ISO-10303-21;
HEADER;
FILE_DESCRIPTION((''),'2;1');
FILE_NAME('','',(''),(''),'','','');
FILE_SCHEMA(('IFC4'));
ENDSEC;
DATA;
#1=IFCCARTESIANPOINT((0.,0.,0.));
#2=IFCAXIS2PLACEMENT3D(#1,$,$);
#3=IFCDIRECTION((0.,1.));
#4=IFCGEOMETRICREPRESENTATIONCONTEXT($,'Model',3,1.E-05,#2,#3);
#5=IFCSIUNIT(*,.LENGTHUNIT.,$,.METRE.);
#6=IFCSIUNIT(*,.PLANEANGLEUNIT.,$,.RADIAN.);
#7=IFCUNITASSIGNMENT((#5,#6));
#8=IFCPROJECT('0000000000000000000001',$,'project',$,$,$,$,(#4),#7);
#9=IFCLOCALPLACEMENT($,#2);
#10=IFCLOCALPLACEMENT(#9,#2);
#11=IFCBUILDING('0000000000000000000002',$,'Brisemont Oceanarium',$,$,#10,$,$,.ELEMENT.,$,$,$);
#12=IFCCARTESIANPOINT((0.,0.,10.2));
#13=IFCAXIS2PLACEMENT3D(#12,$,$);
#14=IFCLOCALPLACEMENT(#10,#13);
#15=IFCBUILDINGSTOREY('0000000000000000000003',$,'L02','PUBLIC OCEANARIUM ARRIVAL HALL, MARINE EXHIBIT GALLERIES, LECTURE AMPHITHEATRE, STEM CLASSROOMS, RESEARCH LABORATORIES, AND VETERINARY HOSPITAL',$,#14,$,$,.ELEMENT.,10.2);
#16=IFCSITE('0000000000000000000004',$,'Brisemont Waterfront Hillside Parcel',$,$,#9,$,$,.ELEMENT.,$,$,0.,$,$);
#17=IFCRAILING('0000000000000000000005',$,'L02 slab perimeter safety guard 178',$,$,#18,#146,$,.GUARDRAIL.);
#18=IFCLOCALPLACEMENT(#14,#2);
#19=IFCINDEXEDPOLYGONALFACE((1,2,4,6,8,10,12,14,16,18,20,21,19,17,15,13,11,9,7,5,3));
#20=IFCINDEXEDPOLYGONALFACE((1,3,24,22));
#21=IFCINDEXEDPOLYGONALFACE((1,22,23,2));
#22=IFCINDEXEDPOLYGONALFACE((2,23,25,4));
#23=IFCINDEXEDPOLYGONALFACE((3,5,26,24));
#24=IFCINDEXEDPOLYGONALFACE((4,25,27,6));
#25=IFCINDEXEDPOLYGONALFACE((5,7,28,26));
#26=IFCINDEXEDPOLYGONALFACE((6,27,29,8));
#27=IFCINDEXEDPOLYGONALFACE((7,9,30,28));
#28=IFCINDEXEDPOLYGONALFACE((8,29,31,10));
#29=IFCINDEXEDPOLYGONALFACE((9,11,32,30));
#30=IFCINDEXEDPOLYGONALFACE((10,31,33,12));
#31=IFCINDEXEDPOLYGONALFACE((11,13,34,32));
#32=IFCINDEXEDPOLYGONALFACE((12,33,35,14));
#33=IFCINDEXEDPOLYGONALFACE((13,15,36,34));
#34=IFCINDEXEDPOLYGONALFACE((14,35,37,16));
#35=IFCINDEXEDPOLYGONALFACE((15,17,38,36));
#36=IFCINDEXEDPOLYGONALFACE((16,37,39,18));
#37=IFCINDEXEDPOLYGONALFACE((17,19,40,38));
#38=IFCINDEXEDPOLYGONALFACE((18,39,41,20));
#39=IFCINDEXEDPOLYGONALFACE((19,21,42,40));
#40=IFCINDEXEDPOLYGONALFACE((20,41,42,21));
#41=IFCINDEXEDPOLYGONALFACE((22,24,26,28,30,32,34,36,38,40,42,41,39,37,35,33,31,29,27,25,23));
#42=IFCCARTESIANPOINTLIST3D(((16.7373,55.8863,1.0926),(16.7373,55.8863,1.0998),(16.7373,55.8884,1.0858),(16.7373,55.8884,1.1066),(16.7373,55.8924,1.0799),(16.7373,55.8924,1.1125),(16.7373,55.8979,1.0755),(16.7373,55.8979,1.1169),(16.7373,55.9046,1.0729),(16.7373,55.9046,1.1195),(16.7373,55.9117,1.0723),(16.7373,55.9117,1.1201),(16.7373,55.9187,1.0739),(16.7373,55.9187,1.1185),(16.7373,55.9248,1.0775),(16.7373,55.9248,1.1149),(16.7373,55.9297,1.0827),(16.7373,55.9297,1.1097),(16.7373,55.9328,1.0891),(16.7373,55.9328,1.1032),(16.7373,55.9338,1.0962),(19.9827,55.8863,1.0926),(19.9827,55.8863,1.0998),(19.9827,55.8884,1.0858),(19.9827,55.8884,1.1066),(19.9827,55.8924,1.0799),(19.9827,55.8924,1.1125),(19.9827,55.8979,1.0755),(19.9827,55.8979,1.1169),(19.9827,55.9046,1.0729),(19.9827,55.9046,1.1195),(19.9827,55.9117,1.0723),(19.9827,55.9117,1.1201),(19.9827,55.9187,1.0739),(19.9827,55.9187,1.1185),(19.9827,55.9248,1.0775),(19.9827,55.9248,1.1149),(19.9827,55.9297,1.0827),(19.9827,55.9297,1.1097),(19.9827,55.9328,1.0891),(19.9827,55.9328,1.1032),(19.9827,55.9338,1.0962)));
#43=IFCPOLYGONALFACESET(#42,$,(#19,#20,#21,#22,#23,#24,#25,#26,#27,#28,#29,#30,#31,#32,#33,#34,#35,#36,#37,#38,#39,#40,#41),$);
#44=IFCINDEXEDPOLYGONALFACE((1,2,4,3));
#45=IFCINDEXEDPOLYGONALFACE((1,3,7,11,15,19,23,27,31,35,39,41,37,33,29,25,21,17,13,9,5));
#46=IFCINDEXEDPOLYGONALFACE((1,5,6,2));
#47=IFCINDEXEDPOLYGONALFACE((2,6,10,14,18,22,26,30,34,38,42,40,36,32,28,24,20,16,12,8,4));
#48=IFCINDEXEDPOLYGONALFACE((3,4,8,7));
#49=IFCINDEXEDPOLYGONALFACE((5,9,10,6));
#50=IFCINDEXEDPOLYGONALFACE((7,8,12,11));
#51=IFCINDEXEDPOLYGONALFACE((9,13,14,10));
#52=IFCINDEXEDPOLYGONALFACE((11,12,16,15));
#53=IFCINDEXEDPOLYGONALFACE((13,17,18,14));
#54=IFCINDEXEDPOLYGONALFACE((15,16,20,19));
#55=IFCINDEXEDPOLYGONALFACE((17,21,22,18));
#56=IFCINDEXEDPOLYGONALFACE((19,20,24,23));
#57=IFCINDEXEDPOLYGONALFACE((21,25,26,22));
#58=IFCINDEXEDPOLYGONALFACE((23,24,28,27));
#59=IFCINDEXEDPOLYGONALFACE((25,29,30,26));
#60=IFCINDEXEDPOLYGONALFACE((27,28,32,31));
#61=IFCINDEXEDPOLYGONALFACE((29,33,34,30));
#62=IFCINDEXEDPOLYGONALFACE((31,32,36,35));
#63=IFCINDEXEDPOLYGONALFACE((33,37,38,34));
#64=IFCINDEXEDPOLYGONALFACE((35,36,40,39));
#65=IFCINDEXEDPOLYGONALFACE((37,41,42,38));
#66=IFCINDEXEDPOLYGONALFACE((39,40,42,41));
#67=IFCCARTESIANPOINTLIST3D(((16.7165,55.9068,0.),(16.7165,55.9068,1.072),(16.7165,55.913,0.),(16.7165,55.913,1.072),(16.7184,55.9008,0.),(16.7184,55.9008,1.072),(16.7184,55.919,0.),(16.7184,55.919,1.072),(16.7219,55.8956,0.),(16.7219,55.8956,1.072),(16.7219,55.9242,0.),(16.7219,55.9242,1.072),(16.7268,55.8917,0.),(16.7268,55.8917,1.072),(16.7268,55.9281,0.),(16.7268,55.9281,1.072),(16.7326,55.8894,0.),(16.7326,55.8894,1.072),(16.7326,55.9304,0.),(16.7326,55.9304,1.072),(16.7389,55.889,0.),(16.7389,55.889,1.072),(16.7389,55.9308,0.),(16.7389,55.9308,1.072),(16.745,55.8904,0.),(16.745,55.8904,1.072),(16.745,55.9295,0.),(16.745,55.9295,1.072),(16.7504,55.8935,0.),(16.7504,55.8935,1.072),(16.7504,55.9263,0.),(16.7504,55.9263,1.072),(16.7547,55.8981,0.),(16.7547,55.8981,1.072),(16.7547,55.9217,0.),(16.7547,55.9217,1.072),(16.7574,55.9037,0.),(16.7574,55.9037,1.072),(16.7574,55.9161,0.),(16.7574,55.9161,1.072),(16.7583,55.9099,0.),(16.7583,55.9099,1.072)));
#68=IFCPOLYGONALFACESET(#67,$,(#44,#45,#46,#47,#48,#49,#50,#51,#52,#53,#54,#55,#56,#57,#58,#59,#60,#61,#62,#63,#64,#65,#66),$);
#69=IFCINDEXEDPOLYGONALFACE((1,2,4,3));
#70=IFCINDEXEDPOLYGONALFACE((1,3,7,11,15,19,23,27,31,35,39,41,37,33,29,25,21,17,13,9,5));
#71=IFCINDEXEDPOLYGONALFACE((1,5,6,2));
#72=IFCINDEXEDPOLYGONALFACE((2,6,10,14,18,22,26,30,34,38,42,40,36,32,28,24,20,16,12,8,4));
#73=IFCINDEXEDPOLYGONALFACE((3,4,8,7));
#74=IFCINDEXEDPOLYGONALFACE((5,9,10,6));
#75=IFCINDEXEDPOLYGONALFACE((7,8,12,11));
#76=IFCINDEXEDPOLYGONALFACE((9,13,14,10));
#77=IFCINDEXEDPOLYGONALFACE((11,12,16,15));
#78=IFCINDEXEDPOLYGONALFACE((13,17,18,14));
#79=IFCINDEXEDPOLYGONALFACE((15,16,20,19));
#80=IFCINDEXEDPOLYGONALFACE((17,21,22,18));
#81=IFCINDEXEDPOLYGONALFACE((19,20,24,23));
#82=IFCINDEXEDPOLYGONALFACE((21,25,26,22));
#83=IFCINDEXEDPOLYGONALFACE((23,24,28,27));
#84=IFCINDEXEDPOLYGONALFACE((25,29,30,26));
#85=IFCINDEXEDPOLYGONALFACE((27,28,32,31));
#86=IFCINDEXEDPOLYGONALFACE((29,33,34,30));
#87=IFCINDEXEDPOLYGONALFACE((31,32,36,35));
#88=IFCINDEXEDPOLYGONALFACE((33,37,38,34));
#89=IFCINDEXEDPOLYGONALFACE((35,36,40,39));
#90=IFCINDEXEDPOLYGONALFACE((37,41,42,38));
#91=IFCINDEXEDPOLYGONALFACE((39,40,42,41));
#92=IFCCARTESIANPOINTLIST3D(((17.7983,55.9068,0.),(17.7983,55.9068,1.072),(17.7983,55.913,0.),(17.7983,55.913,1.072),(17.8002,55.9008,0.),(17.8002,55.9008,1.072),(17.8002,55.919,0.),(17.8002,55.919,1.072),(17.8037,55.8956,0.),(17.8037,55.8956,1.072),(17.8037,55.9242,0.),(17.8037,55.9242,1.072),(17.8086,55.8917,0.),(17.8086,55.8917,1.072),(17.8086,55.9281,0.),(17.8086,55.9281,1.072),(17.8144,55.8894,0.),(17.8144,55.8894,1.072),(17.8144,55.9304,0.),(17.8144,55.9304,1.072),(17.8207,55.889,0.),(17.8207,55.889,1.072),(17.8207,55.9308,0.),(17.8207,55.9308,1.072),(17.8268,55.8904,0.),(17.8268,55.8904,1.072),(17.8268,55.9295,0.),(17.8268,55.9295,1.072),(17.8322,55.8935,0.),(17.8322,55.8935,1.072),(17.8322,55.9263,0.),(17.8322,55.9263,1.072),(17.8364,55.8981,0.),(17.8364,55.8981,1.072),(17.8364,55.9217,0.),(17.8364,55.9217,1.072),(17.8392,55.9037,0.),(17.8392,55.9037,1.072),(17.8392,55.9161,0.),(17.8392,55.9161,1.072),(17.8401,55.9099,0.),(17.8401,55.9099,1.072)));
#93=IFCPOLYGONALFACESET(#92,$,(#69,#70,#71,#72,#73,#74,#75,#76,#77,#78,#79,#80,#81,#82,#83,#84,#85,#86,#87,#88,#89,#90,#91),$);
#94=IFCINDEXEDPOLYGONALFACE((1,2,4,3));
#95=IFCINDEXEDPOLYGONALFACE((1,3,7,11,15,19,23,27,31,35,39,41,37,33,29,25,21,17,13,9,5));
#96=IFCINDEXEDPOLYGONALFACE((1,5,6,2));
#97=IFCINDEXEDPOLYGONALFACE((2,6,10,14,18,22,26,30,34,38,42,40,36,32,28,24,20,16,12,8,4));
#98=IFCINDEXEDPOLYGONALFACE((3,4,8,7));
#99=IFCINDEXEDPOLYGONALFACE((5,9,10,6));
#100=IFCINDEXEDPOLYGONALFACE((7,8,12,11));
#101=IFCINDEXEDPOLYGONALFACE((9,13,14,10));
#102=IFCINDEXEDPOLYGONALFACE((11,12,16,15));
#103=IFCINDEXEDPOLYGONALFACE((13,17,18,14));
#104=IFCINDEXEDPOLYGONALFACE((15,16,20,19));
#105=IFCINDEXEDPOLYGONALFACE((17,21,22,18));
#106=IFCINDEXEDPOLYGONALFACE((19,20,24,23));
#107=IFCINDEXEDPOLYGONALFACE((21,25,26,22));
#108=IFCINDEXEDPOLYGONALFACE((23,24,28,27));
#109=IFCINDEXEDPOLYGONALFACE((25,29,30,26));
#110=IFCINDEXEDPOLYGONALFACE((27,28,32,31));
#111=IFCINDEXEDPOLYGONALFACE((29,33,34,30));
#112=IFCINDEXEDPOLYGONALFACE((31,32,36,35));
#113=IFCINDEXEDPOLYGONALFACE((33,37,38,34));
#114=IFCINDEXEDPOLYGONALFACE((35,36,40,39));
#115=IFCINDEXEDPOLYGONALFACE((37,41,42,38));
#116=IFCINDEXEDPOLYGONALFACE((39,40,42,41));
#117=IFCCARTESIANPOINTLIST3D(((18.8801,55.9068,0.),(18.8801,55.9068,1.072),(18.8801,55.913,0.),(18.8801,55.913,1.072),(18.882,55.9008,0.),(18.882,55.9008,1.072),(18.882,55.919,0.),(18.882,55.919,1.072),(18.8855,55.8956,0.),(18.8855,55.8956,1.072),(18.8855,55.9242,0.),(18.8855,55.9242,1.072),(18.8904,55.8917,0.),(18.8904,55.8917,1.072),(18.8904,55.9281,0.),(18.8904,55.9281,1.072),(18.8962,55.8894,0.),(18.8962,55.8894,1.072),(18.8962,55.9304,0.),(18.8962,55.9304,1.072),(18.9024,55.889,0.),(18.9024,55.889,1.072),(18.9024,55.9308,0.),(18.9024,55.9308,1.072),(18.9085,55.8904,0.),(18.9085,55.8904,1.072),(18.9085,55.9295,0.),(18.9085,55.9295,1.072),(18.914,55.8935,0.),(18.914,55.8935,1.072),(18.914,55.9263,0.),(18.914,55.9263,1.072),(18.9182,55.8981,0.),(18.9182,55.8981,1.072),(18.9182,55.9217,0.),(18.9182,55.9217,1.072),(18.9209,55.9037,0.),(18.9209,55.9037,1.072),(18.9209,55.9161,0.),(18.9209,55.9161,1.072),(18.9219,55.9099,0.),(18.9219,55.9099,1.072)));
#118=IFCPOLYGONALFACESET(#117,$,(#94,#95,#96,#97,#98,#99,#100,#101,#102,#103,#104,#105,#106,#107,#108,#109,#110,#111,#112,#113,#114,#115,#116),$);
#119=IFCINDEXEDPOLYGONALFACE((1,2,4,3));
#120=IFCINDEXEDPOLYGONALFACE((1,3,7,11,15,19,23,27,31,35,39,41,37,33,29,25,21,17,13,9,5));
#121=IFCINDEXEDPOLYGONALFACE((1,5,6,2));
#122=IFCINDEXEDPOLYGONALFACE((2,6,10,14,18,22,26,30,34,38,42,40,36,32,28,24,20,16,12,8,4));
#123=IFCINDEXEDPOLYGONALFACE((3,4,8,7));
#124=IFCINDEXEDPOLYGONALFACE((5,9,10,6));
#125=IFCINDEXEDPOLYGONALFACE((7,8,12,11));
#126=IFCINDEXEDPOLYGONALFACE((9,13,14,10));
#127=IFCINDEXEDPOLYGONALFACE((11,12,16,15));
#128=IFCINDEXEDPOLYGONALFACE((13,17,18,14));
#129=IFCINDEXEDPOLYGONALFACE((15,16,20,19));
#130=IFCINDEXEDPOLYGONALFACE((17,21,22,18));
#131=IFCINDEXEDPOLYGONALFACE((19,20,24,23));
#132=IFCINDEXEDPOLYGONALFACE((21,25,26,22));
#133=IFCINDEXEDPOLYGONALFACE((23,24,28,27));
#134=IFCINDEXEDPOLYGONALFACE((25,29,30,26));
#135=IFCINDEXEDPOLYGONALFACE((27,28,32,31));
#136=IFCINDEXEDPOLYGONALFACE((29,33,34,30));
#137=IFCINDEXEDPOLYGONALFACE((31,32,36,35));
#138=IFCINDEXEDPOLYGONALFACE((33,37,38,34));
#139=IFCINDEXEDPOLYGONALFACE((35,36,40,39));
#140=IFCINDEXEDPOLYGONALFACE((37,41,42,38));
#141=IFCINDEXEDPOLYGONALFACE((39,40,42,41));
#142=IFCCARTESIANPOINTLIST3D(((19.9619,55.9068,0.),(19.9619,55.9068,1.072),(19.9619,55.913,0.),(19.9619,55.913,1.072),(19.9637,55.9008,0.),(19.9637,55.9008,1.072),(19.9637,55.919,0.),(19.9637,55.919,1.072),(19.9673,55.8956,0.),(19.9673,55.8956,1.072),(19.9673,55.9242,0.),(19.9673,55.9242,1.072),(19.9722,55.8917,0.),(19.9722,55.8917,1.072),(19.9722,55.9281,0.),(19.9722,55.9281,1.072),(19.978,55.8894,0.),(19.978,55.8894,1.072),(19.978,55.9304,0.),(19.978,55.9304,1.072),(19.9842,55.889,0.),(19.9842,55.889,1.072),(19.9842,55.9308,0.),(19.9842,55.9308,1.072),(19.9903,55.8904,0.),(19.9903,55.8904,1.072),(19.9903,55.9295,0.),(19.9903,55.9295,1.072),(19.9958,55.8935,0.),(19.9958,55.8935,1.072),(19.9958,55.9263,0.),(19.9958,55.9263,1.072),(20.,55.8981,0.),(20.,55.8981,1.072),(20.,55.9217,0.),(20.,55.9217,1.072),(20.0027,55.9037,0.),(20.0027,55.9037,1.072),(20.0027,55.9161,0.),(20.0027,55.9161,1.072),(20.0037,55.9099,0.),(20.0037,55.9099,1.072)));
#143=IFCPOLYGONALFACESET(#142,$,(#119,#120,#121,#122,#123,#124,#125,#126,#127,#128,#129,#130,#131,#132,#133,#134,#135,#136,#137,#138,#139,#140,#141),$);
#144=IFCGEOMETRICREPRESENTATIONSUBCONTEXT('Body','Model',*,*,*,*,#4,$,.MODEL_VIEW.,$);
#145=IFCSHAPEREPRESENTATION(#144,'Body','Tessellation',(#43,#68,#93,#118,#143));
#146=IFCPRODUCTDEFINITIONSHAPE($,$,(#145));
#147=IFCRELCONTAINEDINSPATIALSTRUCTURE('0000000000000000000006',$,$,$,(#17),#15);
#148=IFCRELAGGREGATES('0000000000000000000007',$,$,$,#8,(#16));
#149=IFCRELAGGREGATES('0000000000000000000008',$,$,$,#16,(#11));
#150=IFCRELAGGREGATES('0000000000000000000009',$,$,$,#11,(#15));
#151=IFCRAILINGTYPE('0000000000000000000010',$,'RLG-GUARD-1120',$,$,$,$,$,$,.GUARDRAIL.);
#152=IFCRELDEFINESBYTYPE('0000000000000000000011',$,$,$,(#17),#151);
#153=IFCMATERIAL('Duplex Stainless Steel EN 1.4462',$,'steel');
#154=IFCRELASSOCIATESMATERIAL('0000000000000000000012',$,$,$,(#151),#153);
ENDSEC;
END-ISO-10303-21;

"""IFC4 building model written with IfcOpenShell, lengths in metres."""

from ifc_helpers import new_model, si_unit, direction, frame, origin, origin_2d, place, context, subcontext, project, spatial, circle, extrude, material, type_object, element, save


model = new_model("IFC4")

# Units and contexts
model_context = context("Model", 3, precision=1e-05, world=origin(), true_north=direction((0.0, 1.0)))
body_context = subcontext(model_context, "Body", "Model", "MODEL_VIEW")
ifc_project = project(units=[si_unit("LENGTHUNIT", "METRE"), si_unit("PLANEANGLEUNIT", "RADIAN")], contexts=[model_context])

# Site, building, storey
site_placement = place(None, origin())
site = spatial("IfcSite", under=ifc_project, at=site_placement, Name="Brisemont Waterfront Hillside Parcel", CompositionType="ELEMENT", RefElevation=0.0)
building_placement = place(site_placement, origin())
building = spatial("IfcBuilding", under=site, at=building_placement, Name="Brisemont Oceanarium", CompositionType="ELEMENT")
storey_placement = place(building_placement, frame((0.0, 0.0, 10.2)))
storey = spatial("IfcBuildingStorey", under=building, at=storey_placement, Name="L02", Description="PUBLIC OCEANARIUM ARRIVAL HALL, MARINE EXHIBIT GALLERIES, LECTURE AMPHITHEATRE, STEM CLASSROOMS, RESEARCH LABORATORIES, AND VETERINARY HOSPITAL", CompositionType="ELEMENT", Elevation=10.2)

# Railing
ifc_material_1 = material(Name="Duplex Stainless Steel EN 1.4462", Category="steel")
railing_type = type_object("IfcRailingType", Name="RLG-GUARD-1120", PredefinedType="GUARDRAIL", material=ifc_material_1)
railing_1_placement = place(storey_placement, frame((16.7373, 55.9099, 0.0)))
element("IfcRailing", 1, at=railing_1_placement, inside=storey, type_object=railing_type, Name="L02 slab perimeter safety guard 178", PredefinedType="GUARDRAIL", context=body_context, shape_type="SweptSolid", body=[
    extrude(circle(Radius=0.0239, at=origin_2d()), frame((0.0, 0.0, 1.0962), z_axis=(1.0, 0.0, 0.0), x_axis=(0.0, 1.0, 0.0)), (0.0, 0.0, 1.0), 3.2454),
    extrude(circle(Radius=0.021, at=origin_2d()), origin(), (0.0, 0.0, 1.0), 1.072),
    extrude(circle(Radius=0.021, at=origin_2d()), frame((1.0818, 0.0, 0.0)), (0.0, 0.0, 1.0), 1.072),
    extrude(circle(Radius=0.021, at=origin_2d()), frame((2.1636, 0.0, 0.0)), (0.0, 0.0, 1.0), 1.072),
    extrude(circle(Radius=0.021, at=origin_2d()), frame((3.2454, 0.0, 0.0)), (0.0, 0.0, 1.0), 1.072),
])

save(model, "model.ifc")
